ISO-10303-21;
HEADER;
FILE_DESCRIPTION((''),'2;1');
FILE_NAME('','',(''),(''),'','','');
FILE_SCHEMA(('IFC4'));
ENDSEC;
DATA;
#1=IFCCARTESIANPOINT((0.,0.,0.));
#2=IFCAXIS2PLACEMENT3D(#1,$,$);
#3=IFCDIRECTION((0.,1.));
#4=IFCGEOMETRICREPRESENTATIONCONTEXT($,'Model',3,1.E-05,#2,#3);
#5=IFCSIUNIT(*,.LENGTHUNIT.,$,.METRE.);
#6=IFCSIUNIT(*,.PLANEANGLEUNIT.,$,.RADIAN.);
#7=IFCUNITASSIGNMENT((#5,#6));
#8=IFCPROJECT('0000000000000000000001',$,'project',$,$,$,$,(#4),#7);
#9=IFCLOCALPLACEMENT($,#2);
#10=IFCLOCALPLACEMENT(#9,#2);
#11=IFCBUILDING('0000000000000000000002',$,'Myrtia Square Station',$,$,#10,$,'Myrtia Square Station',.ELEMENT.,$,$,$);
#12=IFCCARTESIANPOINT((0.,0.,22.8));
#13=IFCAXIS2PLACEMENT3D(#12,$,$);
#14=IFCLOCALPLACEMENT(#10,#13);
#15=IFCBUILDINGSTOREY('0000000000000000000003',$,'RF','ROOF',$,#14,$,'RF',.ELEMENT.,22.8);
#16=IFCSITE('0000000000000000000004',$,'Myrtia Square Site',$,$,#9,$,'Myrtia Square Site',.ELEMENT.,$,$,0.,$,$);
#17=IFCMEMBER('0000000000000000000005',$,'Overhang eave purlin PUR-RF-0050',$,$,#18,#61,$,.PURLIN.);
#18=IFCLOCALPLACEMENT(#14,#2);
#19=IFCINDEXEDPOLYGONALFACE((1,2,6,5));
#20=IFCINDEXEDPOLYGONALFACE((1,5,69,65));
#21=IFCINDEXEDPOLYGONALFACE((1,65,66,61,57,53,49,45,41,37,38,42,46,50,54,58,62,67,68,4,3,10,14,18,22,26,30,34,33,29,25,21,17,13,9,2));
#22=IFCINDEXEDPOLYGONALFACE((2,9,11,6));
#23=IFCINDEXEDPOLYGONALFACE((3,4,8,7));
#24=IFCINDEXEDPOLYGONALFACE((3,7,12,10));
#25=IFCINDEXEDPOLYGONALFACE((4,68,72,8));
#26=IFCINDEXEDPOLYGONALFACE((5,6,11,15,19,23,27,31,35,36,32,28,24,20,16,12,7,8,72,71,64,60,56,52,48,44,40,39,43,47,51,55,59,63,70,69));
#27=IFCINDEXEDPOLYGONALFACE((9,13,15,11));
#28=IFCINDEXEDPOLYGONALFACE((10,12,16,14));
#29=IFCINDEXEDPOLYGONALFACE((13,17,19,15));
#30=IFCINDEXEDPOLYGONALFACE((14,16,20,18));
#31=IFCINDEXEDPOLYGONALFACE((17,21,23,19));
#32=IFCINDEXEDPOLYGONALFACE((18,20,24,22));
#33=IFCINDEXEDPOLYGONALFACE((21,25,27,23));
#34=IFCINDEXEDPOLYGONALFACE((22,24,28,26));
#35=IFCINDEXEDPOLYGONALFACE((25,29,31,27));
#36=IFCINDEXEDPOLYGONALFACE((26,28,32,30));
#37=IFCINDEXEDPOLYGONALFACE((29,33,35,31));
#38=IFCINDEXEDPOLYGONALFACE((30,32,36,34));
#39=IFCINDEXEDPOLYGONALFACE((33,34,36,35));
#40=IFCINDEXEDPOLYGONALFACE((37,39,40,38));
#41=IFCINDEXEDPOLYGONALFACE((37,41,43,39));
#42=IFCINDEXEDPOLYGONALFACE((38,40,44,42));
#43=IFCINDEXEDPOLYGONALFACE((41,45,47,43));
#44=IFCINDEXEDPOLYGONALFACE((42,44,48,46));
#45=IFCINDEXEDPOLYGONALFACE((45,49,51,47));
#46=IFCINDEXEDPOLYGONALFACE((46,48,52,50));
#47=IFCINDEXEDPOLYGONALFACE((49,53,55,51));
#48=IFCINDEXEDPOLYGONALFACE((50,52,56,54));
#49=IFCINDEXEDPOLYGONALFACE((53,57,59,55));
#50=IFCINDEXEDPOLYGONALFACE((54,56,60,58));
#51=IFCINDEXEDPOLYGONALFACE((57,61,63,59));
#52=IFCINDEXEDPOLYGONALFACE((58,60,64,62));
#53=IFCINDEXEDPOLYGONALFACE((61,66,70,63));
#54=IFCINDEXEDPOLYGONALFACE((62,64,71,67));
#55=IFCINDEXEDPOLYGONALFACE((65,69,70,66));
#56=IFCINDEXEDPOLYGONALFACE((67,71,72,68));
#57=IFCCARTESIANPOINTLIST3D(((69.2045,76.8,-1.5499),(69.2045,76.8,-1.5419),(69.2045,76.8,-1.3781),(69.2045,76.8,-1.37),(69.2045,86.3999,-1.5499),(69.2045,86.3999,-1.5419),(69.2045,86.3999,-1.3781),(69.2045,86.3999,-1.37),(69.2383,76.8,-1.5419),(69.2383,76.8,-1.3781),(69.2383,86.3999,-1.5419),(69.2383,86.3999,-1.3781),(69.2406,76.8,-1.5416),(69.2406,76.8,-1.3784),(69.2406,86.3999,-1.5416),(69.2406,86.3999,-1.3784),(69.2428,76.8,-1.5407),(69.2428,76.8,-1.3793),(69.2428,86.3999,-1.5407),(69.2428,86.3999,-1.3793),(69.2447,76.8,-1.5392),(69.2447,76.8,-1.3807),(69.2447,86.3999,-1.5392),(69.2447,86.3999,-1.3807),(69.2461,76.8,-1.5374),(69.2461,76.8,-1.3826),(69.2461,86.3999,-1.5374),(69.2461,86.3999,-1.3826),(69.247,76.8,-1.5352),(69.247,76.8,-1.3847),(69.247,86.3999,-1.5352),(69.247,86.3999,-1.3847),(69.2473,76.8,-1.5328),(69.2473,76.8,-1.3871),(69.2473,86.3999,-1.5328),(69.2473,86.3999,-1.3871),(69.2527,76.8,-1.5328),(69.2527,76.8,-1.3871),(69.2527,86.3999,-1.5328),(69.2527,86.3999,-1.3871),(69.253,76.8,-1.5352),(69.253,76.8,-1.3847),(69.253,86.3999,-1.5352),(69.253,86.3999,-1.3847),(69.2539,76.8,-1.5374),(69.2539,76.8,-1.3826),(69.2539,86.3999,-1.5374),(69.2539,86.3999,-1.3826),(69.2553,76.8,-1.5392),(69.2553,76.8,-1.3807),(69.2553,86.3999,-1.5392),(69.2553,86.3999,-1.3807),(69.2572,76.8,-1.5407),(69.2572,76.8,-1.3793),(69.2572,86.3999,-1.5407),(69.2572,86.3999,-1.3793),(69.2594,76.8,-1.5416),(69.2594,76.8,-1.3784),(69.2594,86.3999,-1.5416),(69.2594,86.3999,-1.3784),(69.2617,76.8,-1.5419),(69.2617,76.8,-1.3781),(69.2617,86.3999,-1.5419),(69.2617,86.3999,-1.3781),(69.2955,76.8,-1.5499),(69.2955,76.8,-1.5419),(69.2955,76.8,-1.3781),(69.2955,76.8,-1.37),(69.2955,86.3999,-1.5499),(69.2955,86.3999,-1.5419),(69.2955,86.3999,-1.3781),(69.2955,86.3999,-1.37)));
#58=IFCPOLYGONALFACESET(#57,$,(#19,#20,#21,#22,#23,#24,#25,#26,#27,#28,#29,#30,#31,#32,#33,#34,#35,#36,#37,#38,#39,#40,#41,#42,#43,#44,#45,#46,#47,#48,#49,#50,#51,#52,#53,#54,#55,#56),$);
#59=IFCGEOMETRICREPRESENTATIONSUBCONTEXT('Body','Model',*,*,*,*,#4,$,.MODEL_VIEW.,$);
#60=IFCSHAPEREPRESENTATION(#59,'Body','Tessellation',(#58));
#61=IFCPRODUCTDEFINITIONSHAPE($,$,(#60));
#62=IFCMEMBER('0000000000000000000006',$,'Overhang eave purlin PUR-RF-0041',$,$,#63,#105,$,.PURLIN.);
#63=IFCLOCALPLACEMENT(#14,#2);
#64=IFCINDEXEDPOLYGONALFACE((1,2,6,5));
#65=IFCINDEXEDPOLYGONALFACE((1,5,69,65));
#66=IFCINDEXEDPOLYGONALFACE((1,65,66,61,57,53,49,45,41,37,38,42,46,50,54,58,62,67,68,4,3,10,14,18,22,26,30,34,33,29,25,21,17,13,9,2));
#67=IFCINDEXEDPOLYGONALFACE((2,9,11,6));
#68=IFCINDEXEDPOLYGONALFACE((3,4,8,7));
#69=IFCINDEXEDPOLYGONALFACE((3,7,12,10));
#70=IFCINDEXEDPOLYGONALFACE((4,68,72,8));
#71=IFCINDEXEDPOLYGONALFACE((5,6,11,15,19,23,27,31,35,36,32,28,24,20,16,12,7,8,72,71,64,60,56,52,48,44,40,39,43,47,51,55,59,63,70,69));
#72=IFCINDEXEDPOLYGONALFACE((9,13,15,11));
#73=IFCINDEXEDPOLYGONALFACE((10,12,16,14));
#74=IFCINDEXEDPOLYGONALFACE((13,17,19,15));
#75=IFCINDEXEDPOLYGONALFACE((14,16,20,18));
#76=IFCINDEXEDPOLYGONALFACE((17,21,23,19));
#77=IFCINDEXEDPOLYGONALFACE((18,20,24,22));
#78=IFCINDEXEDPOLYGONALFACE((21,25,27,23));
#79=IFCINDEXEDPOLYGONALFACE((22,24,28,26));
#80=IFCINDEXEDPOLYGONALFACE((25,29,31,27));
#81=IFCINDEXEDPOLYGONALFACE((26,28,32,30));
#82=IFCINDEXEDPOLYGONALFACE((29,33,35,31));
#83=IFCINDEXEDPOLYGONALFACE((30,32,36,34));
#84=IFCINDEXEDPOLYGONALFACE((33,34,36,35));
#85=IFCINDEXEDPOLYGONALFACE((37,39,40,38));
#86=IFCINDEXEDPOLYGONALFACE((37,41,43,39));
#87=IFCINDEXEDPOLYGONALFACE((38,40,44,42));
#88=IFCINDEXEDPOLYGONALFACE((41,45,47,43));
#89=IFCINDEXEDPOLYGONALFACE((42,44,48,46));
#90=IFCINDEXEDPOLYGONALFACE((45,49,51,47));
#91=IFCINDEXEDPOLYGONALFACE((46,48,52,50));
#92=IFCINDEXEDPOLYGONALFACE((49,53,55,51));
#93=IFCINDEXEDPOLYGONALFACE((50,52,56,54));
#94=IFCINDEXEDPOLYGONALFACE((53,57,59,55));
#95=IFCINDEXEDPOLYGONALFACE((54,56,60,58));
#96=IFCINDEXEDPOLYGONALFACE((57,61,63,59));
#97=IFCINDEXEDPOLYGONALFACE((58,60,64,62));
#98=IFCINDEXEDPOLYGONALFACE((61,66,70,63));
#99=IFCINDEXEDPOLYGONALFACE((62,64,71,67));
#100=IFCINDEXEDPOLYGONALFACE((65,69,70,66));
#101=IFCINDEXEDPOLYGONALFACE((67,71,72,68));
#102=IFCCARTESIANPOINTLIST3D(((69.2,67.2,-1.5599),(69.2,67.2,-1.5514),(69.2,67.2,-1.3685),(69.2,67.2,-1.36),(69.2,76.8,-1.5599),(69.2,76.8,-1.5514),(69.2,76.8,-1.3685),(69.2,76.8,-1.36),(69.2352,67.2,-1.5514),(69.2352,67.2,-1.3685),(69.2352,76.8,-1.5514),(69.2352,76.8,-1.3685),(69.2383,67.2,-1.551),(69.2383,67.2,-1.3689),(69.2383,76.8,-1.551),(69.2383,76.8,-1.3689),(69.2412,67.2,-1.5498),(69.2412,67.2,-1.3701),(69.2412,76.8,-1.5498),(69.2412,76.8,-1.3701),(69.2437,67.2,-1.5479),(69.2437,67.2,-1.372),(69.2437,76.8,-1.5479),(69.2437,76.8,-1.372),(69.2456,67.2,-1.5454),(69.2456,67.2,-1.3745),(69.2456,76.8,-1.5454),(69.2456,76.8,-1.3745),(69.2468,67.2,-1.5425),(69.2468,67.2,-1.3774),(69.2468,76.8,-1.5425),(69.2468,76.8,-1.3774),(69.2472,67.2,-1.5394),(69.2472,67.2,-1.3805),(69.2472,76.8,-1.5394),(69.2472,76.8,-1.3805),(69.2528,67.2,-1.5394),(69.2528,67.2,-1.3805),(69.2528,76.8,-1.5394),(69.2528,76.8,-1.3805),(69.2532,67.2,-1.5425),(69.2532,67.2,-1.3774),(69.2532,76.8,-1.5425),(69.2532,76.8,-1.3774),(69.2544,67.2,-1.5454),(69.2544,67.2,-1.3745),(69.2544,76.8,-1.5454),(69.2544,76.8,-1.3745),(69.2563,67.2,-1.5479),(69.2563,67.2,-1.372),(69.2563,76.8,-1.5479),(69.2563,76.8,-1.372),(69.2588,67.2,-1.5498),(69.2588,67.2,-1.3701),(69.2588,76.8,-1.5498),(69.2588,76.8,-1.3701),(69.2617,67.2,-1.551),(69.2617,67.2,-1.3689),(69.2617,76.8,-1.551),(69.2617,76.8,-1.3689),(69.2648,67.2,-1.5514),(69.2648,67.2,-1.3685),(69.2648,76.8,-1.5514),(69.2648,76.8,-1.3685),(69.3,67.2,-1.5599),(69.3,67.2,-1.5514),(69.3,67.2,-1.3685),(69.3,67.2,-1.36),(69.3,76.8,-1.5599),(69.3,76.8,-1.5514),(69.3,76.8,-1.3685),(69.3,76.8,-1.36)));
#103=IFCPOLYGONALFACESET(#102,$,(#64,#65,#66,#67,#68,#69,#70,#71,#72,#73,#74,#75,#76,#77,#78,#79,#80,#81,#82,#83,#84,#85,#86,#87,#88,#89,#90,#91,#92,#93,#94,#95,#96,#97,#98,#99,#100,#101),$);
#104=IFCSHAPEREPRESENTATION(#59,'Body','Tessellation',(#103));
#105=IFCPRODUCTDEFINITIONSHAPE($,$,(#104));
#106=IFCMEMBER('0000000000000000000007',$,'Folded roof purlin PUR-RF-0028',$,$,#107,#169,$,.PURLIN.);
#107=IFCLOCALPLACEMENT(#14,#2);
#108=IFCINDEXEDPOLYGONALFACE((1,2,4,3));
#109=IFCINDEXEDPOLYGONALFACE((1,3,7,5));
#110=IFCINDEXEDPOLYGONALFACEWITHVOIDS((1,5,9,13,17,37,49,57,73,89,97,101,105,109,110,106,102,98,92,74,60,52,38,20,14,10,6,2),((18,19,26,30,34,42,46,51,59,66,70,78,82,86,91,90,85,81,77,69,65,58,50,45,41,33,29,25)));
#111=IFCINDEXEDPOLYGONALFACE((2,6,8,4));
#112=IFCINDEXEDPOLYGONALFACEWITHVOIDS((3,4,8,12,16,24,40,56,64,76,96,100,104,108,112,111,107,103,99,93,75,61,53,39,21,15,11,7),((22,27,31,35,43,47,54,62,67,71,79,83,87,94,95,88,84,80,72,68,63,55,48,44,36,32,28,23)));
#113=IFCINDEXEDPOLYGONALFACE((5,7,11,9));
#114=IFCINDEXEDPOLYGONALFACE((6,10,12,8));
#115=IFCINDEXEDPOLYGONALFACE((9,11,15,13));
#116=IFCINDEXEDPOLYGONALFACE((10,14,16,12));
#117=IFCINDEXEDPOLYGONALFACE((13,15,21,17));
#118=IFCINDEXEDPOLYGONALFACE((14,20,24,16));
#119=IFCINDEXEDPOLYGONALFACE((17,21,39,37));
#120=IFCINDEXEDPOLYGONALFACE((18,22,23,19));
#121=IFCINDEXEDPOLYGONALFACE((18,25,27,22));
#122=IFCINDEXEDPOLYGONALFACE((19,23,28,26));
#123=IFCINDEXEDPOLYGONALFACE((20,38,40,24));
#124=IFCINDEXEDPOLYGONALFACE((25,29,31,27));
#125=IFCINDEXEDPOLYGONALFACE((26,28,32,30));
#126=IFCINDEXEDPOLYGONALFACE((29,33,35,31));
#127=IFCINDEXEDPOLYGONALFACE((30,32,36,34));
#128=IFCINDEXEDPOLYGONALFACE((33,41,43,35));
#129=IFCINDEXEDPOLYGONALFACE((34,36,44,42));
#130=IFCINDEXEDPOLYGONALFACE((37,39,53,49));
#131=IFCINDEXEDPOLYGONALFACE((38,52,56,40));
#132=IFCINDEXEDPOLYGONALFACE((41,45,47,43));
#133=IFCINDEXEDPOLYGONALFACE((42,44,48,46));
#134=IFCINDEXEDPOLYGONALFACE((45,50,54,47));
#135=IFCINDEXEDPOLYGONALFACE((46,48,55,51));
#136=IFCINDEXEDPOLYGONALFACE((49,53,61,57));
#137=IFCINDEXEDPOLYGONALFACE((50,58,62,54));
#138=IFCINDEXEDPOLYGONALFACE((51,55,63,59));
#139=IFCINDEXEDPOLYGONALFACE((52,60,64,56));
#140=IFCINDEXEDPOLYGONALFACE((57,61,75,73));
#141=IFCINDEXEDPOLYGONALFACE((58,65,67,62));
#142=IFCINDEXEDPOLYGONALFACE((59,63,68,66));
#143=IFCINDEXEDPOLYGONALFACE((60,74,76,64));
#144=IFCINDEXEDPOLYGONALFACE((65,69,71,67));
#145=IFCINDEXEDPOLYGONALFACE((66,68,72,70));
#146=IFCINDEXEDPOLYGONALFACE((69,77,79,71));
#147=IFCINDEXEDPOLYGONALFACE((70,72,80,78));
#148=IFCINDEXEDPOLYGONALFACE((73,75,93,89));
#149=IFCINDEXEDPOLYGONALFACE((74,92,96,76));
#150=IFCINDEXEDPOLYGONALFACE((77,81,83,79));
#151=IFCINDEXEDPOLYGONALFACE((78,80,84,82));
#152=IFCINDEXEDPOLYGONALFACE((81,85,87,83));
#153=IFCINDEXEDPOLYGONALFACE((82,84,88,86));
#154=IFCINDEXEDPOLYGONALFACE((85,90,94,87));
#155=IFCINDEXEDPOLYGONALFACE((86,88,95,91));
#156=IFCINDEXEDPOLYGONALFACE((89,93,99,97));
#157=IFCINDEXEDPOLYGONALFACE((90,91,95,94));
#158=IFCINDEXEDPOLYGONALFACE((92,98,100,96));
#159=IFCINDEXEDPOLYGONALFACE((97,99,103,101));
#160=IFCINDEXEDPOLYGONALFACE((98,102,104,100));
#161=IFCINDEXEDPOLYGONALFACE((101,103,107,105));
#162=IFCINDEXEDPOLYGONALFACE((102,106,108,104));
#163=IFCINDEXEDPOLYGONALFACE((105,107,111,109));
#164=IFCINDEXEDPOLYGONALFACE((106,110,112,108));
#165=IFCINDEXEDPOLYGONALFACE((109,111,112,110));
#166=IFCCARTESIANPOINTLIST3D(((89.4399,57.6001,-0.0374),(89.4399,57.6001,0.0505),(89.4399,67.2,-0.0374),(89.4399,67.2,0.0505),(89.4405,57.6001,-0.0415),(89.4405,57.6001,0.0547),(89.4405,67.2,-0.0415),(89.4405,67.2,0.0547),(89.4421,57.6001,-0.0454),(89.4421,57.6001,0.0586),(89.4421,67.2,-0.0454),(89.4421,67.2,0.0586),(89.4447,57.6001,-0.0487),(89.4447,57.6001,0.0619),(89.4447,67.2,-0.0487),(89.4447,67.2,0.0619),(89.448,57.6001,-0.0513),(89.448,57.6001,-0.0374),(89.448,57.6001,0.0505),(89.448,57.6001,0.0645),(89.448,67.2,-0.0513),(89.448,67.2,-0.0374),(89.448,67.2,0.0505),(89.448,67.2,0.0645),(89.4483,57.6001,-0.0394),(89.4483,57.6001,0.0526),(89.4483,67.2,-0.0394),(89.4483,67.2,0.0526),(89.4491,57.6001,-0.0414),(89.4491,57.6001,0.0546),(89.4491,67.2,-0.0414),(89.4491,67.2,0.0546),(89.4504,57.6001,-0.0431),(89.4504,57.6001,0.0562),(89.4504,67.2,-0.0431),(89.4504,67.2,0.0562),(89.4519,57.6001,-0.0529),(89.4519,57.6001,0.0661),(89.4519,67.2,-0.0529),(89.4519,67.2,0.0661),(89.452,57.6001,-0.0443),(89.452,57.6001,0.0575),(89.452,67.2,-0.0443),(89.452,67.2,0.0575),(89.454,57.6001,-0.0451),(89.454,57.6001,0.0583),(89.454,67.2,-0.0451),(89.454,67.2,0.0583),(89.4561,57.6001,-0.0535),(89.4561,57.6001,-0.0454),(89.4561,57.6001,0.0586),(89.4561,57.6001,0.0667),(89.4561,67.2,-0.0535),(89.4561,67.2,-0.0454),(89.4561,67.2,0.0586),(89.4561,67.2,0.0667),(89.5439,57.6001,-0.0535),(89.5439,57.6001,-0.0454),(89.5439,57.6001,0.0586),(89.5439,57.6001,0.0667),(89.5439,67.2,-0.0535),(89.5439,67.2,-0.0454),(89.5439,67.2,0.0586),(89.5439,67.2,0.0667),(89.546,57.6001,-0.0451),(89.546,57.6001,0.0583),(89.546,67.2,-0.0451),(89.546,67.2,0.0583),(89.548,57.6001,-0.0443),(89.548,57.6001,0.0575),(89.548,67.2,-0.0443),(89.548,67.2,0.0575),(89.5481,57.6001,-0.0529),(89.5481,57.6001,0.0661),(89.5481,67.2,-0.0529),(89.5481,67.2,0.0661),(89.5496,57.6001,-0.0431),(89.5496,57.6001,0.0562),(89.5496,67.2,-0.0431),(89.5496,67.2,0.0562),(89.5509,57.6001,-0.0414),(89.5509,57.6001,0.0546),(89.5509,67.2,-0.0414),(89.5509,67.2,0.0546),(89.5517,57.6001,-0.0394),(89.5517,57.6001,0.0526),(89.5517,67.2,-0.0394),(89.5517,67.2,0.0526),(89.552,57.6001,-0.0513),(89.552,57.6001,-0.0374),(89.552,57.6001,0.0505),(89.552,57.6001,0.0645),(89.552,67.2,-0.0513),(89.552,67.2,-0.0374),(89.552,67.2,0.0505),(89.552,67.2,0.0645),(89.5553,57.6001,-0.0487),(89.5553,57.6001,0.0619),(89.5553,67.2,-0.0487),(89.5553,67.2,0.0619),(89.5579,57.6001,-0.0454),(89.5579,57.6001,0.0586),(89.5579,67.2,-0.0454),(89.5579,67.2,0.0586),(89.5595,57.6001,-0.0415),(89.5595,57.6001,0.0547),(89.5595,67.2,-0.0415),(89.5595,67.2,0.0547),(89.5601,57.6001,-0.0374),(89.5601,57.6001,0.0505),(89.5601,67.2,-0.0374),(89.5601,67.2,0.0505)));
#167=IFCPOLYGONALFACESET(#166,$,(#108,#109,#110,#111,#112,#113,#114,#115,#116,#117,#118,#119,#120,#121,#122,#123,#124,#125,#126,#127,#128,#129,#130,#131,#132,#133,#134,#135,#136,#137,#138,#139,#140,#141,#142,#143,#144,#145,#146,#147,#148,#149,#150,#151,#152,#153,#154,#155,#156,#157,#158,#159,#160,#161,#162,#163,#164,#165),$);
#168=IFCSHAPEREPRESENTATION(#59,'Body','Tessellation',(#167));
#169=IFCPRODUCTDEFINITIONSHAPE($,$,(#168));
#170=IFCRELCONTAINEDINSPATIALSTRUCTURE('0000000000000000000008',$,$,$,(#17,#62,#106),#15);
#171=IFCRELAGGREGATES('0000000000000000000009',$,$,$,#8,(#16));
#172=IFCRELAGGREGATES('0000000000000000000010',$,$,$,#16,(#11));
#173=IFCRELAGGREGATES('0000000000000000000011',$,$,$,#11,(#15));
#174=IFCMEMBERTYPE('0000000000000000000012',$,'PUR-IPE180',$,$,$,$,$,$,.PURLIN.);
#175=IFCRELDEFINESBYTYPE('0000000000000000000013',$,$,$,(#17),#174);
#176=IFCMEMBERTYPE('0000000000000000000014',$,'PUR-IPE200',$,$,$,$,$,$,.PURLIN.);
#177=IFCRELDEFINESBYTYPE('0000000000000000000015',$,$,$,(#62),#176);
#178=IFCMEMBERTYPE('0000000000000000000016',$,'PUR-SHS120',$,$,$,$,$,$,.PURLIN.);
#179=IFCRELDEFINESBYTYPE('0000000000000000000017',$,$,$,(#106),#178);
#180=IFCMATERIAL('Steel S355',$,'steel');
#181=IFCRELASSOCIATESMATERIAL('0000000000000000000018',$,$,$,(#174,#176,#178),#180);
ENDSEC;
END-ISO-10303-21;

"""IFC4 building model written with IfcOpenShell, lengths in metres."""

from ifc_helpers import new_model, si_unit, direction, frame, origin, origin_2d, place, context, subcontext, project, spatial, hollow_rectangle, i_section, extrude, material, material_profile, profile_set, type_object, element, save


model = new_model("IFC4")

# Units and contexts
model_context = context("Model", 3, precision=1e-05, world=origin(), true_north=direction((0.0, 1.0)))
body_context = subcontext(model_context, "Body", "Model", "MODEL_VIEW")
ifc_project = project(units=[si_unit("LENGTHUNIT", "METRE"), si_unit("PLANEANGLEUNIT", "RADIAN")], contexts=[model_context])

# Site, building, storey
site_placement = place(None, origin())
site = spatial("IfcSite", under=ifc_project, at=site_placement, Name="Myrtia Square Site", LongName="Myrtia Square Site", CompositionType="ELEMENT", RefElevation=0.0)
building_placement = place(site_placement, origin())
building = spatial("IfcBuilding", under=site, at=building_placement, Name="Myrtia Square Station", LongName="Myrtia Square Station", CompositionType="ELEMENT")
storey_placement = place(building_placement, frame((0.0, 0.0, 22.8)))
storey = spatial("IfcBuildingStorey", under=building, at=storey_placement, Name="RF", Description="ROOF", LongName="RF", CompositionType="ELEMENT", Elevation=22.8)

# Members
ifc_material_1 = material(Name="Steel S355", Category="steel")
ifc_material_profile_1 = material_profile(ifc_material_1, i_section(OverallWidth=0.0911, OverallDepth=0.1799, WebThickness=0.0054, FlangeThickness=0.0081, FilletRadius=0.009, at=origin_2d()), Name="IPE 180")
ifc_profile_set_1 = profile_set([ifc_material_profile_1], Name="Steel S355")
member_type_1 = type_object("IfcMemberType", Name="PUR-IPE180", PredefinedType="PURLIN", material=ifc_profile_set_1)
member_1_placement = place(storey_placement, frame((69.25, 76.8, -1.46), z_axis=(0.0, 1.0, 0.0), x_axis=(-1.0, 0.0, 0.0)))
element("IfcMember", 1, at=member_1_placement, inside=storey, type_object=member_type_1, Name="Overhang eave purlin PUR-RF-0050", PredefinedType="PURLIN", context=body_context, shape_type="SweptSolid", body=[
    extrude(i_section(OverallWidth=0.0911, OverallDepth=0.1799, WebThickness=0.0054, FlangeThickness=0.0081, FilletRadius=0.009, at=origin_2d()), origin(), (0.0, 0.0, 1.0), 9.5999),
])
ifc_material_profile_2 = material_profile(ifc_material_1, i_section(OverallWidth=0.1001, OverallDepth=0.2, WebThickness=0.0056, FlangeThickness=0.0085, FilletRadius=0.012, at=origin_2d()), Name="IPE 200")
ifc_profile_set_2 = profile_set([ifc_material_profile_2], Name="Steel S355")
member_type_2 = type_object("IfcMemberType", Name="PUR-IPE200", PredefinedType="PURLIN", material=ifc_profile_set_2)
member_2_placement = place(storey_placement, frame((69.25, 67.2, -1.46), z_axis=(0.0, 1.0, 0.0), x_axis=(-1.0, 0.0, 0.0)))
element("IfcMember", 2, at=member_2_placement, inside=storey, type_object=member_type_2, Name="Overhang eave purlin PUR-RF-0041", PredefinedType="PURLIN", context=body_context, shape_type="SweptSolid", body=[
    extrude(i_section(OverallWidth=0.1001, OverallDepth=0.2, WebThickness=0.0056, FlangeThickness=0.0085, FilletRadius=0.012, at=origin_2d()), origin(), (0.0, 0.0, 1.0), 9.6001),
])
ifc_material_profile_3 = material_profile(ifc_material_1, hollow_rectangle(XDim=0.1201, YDim=0.1201, WallThickness=0.0081, InnerFilletRadius=0.0081, OuterFilletRadius=0.0161, at=origin_2d()), Name="SHS 120x120x8")
ifc_profile_set_3 = profile_set([ifc_material_profile_3], Name="Steel S355")
member_type_3 = type_object("IfcMemberType", Name="PUR-SHS120", PredefinedType="PURLIN", material=ifc_profile_set_3)
member_3_placement = place(storey_placement, frame((89.5, 57.6001, 0.0066), z_axis=(0.0, 1.0, 0.0), x_axis=(-1.0, 0.0, 0.0)))
element("IfcMember", 3, at=member_3_placement, inside=storey, type_object=member_type_3, Name="Folded roof purlin PUR-RF-0028", PredefinedType="PURLIN", context=body_context, shape_type="SweptSolid", body=[
    extrude(hollow_rectangle(XDim=0.1201, YDim=0.1201, WallThickness=0.0081, InnerFilletRadius=0.0081, OuterFilletRadius=0.0161, at=origin_2d()), origin(), (0.0, 0.0, 1.0), 9.5999),
])

save(model, "model.ifc")
